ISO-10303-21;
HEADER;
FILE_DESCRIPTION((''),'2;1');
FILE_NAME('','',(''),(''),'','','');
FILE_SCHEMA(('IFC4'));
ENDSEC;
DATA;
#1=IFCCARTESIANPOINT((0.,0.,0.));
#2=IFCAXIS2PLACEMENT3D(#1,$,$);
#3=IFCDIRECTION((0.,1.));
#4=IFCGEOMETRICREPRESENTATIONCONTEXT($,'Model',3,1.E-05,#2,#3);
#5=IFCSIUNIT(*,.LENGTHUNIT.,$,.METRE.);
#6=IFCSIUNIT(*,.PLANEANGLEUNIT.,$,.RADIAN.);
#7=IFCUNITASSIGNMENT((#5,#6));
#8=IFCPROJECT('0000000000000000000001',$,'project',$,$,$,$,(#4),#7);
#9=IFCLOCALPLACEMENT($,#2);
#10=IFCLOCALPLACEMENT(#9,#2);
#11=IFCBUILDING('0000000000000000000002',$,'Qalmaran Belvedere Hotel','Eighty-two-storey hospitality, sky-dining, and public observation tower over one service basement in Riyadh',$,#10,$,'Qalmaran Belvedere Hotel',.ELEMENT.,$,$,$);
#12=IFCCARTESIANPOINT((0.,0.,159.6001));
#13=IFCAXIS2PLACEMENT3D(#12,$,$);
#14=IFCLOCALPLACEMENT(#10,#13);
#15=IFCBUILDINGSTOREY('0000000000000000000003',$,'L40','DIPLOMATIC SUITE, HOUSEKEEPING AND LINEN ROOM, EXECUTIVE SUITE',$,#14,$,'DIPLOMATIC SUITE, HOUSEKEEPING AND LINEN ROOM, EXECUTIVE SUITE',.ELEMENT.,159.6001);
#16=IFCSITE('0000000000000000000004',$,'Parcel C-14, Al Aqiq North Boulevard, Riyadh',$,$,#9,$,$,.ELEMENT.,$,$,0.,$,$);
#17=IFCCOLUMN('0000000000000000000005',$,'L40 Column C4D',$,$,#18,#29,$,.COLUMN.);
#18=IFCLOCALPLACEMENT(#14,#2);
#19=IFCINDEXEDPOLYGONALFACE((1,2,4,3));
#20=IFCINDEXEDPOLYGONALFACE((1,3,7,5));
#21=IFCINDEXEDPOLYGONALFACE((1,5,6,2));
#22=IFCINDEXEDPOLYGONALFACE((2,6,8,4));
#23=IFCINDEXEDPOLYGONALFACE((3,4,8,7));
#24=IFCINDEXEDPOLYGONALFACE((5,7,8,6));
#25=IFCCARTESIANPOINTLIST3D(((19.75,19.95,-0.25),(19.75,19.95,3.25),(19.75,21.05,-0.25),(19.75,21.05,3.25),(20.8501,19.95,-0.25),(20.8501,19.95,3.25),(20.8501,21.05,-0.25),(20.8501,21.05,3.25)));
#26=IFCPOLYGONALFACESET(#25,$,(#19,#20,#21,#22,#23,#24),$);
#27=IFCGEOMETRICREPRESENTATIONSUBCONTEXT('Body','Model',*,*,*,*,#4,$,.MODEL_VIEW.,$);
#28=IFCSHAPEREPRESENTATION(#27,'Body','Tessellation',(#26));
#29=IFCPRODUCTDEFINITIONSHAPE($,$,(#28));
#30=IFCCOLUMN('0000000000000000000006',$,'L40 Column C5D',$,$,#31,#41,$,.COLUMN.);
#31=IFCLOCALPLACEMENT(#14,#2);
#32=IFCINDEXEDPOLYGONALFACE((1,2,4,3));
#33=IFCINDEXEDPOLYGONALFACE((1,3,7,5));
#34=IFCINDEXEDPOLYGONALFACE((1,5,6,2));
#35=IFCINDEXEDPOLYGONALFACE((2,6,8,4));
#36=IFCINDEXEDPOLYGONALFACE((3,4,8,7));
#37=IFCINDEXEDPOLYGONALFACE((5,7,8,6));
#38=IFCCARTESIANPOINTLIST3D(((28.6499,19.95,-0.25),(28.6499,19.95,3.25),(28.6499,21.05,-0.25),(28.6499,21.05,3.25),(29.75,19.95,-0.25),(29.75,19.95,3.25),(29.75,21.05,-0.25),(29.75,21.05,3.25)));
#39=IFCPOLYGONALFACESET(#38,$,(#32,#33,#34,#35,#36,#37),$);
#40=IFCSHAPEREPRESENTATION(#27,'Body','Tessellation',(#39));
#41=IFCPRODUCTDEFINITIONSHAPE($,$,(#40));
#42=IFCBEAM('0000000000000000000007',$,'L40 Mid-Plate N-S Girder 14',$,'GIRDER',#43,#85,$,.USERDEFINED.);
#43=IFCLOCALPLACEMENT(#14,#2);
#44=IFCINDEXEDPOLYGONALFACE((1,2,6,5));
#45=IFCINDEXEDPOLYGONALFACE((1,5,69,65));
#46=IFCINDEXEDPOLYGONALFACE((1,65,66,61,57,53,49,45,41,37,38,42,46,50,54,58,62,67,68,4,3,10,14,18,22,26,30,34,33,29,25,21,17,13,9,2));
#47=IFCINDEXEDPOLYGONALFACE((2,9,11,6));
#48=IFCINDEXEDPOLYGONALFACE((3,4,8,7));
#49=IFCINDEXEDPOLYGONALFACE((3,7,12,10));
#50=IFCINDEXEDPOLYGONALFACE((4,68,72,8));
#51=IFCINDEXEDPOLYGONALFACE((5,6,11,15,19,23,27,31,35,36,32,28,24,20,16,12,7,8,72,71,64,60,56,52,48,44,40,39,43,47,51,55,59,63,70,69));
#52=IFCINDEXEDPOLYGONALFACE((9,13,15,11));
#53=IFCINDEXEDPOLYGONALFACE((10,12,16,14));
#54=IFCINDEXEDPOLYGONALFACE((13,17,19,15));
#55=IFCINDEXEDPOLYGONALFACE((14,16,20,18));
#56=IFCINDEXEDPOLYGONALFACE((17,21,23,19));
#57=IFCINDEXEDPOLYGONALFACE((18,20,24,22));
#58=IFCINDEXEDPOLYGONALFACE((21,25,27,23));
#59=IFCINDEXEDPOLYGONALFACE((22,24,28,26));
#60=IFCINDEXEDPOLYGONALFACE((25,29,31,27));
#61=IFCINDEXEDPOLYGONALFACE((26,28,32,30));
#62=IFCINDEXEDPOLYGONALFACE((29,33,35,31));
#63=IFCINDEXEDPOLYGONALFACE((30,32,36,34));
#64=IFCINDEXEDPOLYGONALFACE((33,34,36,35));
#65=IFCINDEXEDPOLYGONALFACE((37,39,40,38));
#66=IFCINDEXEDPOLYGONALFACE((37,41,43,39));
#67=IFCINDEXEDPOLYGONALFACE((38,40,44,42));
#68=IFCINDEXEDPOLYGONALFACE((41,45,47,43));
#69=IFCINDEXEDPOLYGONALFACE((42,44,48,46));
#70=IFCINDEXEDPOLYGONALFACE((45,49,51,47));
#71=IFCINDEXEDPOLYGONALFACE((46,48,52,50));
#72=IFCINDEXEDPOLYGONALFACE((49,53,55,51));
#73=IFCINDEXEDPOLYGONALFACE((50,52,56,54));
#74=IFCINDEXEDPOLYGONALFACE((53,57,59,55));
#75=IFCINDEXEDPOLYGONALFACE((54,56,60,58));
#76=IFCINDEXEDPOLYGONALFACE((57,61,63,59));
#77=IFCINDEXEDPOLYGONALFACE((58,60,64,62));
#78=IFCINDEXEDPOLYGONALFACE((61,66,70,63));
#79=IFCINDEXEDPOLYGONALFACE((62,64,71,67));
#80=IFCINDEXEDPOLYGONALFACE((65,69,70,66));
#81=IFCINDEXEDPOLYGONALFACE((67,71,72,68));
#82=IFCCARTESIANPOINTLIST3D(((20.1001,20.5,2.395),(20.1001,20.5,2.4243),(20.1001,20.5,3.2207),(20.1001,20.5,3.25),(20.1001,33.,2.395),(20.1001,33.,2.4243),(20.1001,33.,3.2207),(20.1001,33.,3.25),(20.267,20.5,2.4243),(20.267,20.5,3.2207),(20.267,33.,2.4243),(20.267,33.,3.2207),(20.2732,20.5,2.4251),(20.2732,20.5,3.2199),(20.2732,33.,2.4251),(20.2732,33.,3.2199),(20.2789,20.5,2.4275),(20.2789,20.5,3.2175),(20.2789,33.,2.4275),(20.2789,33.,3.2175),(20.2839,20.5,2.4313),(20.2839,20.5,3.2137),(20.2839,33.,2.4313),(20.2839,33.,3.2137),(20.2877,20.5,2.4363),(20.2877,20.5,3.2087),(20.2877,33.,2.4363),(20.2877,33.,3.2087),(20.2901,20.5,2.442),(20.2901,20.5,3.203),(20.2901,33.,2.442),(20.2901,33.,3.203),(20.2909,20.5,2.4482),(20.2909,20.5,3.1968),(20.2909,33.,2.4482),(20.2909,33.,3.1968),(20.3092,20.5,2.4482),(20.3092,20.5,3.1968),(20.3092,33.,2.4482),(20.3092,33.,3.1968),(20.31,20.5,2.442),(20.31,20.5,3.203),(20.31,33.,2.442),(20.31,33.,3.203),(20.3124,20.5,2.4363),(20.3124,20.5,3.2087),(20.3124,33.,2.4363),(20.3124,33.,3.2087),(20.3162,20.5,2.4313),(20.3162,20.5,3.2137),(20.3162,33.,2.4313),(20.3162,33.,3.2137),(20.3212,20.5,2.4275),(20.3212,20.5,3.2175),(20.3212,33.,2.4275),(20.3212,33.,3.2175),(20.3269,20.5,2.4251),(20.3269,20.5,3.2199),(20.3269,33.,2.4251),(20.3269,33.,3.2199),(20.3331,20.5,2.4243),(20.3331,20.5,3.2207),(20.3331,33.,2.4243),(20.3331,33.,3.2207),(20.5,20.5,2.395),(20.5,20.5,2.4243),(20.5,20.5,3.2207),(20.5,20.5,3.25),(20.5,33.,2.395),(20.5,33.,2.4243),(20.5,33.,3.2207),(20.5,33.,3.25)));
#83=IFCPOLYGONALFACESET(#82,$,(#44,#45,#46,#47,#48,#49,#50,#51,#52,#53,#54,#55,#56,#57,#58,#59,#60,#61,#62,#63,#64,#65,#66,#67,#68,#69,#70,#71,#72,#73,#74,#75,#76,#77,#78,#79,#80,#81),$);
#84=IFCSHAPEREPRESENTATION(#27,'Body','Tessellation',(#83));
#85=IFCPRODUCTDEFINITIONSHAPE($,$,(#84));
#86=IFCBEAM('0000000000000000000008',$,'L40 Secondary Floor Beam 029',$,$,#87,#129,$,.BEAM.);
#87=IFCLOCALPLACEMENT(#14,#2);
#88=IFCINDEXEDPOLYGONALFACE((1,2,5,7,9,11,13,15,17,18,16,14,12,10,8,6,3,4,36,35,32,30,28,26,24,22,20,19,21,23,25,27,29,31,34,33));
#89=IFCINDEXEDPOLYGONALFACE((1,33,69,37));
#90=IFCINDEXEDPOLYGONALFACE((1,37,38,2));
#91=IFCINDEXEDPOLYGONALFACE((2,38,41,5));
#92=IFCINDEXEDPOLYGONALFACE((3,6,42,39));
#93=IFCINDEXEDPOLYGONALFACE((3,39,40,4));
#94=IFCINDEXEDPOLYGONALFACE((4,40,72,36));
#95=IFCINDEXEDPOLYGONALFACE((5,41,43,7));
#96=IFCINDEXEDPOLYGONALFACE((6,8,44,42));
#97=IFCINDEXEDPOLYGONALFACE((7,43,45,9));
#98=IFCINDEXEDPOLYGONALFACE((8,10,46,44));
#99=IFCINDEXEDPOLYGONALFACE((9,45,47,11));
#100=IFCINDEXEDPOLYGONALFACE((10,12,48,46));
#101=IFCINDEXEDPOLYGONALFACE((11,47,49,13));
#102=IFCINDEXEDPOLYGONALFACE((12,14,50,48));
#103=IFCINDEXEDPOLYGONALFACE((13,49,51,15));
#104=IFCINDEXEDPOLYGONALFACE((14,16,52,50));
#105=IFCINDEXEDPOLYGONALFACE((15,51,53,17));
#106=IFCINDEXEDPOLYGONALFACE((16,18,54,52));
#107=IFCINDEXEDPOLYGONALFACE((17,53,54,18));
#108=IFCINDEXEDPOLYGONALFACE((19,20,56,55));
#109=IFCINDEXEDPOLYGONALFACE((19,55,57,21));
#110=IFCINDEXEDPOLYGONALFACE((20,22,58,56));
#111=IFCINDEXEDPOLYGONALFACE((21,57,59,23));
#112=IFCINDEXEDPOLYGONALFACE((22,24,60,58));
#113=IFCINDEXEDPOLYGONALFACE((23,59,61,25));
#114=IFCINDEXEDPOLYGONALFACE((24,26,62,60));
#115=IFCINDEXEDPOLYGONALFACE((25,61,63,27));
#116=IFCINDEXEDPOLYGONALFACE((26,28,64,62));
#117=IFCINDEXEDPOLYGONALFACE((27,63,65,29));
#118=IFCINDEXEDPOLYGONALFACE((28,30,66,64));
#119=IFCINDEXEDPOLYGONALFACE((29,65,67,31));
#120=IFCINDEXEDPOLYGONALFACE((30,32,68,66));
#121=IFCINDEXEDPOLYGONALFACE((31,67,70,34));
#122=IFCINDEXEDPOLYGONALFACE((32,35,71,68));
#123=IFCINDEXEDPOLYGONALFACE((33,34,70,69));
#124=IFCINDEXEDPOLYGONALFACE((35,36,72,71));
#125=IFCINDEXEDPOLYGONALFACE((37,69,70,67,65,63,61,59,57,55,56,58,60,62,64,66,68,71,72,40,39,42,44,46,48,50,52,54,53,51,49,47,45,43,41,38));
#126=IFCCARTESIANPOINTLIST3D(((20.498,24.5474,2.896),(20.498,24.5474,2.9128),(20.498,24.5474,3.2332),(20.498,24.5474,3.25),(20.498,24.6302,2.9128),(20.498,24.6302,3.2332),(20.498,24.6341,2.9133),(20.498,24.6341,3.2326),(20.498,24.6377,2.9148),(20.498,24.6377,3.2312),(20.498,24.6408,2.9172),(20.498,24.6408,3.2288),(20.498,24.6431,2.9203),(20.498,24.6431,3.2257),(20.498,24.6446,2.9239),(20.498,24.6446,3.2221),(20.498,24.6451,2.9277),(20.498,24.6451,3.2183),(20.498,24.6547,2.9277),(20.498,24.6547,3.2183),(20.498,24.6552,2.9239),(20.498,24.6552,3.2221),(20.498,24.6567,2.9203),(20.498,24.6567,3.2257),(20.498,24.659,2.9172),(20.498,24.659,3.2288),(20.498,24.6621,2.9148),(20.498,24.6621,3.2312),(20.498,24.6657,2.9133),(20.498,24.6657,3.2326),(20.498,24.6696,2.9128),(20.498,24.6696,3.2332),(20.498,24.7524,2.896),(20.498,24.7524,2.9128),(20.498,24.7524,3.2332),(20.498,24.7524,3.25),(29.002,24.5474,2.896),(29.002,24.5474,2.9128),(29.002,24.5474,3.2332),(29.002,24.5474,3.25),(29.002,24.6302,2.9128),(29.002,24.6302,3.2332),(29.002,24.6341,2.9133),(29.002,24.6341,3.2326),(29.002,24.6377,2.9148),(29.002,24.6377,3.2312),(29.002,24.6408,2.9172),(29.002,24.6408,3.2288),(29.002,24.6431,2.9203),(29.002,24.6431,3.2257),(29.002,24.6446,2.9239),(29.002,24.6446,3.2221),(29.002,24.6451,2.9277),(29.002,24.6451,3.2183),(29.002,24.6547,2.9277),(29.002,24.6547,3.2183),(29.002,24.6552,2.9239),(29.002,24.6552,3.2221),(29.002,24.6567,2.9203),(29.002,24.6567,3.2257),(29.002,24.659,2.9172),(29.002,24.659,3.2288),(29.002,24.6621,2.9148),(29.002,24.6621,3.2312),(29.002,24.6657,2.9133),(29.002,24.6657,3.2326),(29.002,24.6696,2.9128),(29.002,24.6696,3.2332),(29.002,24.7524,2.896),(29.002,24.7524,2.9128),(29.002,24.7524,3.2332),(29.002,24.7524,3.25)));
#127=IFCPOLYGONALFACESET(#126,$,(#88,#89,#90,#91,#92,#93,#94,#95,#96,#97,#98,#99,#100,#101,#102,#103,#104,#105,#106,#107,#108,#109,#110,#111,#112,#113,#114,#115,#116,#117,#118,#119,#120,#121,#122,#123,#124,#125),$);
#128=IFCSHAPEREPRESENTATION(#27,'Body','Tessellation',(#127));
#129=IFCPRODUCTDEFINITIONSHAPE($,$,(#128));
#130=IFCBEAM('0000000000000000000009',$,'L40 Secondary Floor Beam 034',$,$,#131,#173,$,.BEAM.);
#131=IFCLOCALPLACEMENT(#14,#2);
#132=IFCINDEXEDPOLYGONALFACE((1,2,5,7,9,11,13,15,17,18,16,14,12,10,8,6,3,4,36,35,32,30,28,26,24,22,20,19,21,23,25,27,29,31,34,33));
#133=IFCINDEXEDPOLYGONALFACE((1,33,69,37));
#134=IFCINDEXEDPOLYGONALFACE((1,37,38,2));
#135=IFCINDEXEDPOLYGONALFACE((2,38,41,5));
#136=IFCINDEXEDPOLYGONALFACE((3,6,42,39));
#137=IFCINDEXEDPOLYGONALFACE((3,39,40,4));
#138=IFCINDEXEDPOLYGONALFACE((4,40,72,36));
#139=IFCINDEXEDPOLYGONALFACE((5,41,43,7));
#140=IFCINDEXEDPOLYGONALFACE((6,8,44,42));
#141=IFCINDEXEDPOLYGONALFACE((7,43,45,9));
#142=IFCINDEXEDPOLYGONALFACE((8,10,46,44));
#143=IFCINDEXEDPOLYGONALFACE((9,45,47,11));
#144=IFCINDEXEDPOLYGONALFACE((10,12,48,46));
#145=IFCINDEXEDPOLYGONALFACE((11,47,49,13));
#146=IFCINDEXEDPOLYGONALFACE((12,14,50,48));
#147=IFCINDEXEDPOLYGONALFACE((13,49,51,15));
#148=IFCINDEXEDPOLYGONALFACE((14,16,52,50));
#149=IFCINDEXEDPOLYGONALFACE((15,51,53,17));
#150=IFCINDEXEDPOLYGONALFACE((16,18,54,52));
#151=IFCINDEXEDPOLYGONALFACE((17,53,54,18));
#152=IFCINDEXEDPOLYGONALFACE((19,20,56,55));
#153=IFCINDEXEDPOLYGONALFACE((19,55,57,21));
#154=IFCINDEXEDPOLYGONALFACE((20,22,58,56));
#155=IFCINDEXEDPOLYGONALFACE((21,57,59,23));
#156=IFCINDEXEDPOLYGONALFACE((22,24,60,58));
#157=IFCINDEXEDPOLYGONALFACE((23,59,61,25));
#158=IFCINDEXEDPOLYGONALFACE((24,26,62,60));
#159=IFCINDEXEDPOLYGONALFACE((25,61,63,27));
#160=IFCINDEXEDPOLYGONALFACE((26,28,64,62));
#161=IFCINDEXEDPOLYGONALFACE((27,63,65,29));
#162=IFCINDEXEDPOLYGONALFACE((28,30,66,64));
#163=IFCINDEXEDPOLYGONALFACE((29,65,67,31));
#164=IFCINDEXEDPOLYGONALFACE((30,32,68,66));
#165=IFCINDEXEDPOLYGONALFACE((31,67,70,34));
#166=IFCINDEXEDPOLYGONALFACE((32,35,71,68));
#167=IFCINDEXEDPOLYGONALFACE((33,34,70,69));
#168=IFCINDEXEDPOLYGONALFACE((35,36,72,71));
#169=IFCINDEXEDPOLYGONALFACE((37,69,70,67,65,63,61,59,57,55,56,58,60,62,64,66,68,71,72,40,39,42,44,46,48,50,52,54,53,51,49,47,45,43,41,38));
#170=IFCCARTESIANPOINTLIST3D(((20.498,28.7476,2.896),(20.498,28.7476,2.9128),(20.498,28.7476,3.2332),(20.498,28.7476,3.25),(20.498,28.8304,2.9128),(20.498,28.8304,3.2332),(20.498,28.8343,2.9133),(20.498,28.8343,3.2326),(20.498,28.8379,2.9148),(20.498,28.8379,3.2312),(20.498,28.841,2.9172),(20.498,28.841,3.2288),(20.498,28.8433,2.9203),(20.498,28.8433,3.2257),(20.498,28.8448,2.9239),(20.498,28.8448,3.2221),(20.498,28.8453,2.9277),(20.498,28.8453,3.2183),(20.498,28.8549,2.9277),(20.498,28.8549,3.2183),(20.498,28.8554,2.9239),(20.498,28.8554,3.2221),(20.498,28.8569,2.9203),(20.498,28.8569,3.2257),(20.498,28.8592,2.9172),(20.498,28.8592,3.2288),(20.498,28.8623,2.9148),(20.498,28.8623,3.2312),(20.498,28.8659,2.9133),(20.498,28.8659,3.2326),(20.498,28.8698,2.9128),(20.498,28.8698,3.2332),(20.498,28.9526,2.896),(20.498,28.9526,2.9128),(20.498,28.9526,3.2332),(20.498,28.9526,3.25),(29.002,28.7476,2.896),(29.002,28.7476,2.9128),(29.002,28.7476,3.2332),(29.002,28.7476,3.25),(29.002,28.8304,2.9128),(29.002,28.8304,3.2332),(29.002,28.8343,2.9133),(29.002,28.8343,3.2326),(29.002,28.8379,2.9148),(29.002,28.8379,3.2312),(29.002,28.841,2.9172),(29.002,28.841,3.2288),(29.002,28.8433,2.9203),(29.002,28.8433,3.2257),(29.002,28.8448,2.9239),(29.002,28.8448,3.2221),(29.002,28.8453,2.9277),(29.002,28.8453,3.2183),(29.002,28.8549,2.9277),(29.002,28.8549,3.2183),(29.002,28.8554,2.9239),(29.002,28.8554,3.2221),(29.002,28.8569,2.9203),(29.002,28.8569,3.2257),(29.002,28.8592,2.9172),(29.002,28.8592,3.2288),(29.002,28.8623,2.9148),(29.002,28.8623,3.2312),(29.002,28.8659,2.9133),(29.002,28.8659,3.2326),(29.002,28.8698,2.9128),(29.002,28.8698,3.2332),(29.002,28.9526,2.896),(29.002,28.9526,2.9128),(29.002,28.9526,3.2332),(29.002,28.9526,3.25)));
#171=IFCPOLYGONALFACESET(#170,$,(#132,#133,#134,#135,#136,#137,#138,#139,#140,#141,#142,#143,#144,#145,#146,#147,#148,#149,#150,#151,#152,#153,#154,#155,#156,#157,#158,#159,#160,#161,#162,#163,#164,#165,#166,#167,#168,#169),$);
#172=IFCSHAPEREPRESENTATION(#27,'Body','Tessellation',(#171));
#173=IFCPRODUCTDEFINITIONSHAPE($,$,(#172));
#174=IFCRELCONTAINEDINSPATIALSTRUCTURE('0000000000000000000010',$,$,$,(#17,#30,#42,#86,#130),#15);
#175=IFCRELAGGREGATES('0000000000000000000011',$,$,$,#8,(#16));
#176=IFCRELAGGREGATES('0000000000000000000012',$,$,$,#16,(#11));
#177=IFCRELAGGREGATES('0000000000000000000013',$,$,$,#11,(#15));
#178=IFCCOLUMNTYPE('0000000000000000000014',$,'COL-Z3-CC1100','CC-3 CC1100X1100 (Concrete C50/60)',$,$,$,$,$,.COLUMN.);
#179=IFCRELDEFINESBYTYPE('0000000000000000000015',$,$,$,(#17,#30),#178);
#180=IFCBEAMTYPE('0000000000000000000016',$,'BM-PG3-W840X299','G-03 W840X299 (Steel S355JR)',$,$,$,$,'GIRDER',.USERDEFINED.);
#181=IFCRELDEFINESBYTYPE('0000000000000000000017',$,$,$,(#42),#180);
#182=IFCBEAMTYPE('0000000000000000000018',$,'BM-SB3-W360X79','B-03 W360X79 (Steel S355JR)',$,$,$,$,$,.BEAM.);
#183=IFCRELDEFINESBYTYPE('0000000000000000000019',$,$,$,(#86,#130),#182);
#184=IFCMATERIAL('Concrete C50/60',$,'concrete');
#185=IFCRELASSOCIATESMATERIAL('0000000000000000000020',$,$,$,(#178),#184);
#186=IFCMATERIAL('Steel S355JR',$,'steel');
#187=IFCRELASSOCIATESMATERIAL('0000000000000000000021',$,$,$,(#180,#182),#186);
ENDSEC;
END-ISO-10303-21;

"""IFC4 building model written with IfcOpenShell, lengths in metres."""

from ifc_helpers import new_model, si_unit, direction, frame, origin, origin_2d, place, context, subcontext, project, spatial, rectangle, i_section, extrude, material, material_profile, profile_set, type_object, element, save


model = new_model("IFC4")

# Units and contexts
model_context = context("Model", 3, precision=1e-05, world=origin(), true_north=direction((0.0, 1.0)))
body_context = subcontext(model_context, "Body", "Model", "MODEL_VIEW")
ifc_project = project(units=[si_unit("LENGTHUNIT", "METRE"), si_unit("PLANEANGLEUNIT", "RADIAN")], contexts=[model_context])

# Site, building, storey
site_placement = place(None, origin())
site = spatial("IfcSite", under=ifc_project, at=site_placement, Name="Parcel C-14, Al Aqiq North Boulevard, Riyadh", CompositionType="ELEMENT", RefElevation=0.0)
building_placement = place(site_placement, origin())
building = spatial("IfcBuilding", under=site, at=building_placement, Name="Qalmaran Belvedere Hotel", Description="Eighty-two-storey hospitality, sky-dining, and public observation tower over one service basement in Riyadh", LongName="Qalmaran Belvedere Hotel", CompositionType="ELEMENT")
storey_placement = place(building_placement, frame((0.0, 0.0, 159.6001)))
storey = spatial("IfcBuildingStorey", under=building, at=storey_placement, Name="L40", Description="DIPLOMATIC SUITE, HOUSEKEEPING AND LINEN ROOM, EXECUTIVE SUITE", LongName="DIPLOMATIC SUITE, HOUSEKEEPING AND LINEN ROOM, EXECUTIVE SUITE", CompositionType="ELEMENT", Elevation=159.6001)

# Columns
ifc_material_1 = material(Name="Concrete C50/60", Category="concrete")
ifc_material_profile_1 = material_profile(ifc_material_1, rectangle(XDim=1.1001, YDim=1.1001, at=origin_2d()), Name="CC1100X1100")
ifc_profile_set_1 = profile_set([ifc_material_profile_1], Name="Concrete C50/60")
column_type = type_object("IfcColumnType", Name="COL-Z3-CC1100", Description="CC-3 CC1100X1100 (Concrete C50/60)", PredefinedType="COLUMN", material=ifc_profile_set_1)
for number, where, z_axis, x_axis, name in (
    (1, (20.3, 20.5, -0.25), (0.0, 0.0, 1.0), (1.0, 0.0, 0.0), "L40 Column C4D"),
    (2, (29.2, 20.5, -0.25), (0.0, 0.0, 1.0), (1.0, 0.0, 0.0), "L40 Column C5D"),
):
    element("IfcColumn", number, at=place(storey_placement, frame(where, z_axis=z_axis, x_axis=x_axis)), inside=storey, type_object=column_type, Name=name, PredefinedType="COLUMN", context=body_context, shape_type="SweptSolid", body=[
        extrude(rectangle(XDim=1.1001, YDim=1.1001, at=origin_2d()), origin(), (0.0, 0.0, 1.0), 3.5),
    ])

# Beams
ifc_material_2 = material(Name="Steel S355JR", Category="steel")
ifc_material_profile_2 = material_profile(ifc_material_2, i_section(OverallWidth=0.3999, OverallDepth=0.855, WebThickness=0.0183, FlangeThickness=0.0293, FilletRadius=0.0239, at=origin_2d()), Name="W840X299")
ifc_profile_set_2 = profile_set([ifc_material_profile_2], Name="Steel S355JR")
beam_type_1 = type_object("IfcBeamType", Name="BM-PG3-W840X299", Description="G-03 W840X299 (Steel S355JR)", ElementType="GIRDER", PredefinedType="USERDEFINED", material=ifc_profile_set_2)
beam_1_placement = place(storey_placement, frame((20.3, 20.5, 2.8225), z_axis=(0.0, 1.0, 0.0), x_axis=(-1.0, 0.0, 0.0)))
element("IfcBeam", 3, at=beam_1_placement, inside=storey, type_object=beam_type_1, Name="L40 Mid-Plate N-S Girder 14", ObjectType="GIRDER", PredefinedType="USERDEFINED", context=body_context, shape_type="SweptSolid", body=[
    extrude(i_section(OverallWidth=0.3999, OverallDepth=0.855, WebThickness=0.0183, FlangeThickness=0.0293, FilletRadius=0.0239, at=origin_2d()), origin(), (0.0, 0.0, 1.0), 12.5),
])
ifc_material_profile_3 = material_profile(ifc_material_2, i_section(OverallWidth=0.2051, OverallDepth=0.354, WebThickness=0.0095, FlangeThickness=0.0168, FilletRadius=0.0149, at=origin_2d()), Name="W360X79")
ifc_profile_set_3 = profile_set([ifc_material_profile_3], Name="Steel S355JR")
beam_type_2 = type_object("IfcBeamType", Name="BM-SB3-W360X79", Description="B-03 W360X79 (Steel S355JR)", PredefinedType="BEAM", material=ifc_profile_set_3)
for number, where, z_axis, x_axis, name in (
    (4, (20.498, 24.6499, 3.073), (1.0, 0.0, 0.0), (0.0, 1.0, 0.0), "L40 Secondary Floor Beam 029"),
    (5, (20.498, 28.8501, 3.073), (1.0, 0.0, 0.0), (0.0, 1.0, 0.0), "L40 Secondary Floor Beam 034"),
):
    element("IfcBeam", number, at=place(storey_placement, frame(where, z_axis=z_axis, x_axis=x_axis)), inside=storey, type_object=beam_type_2, Name=name, PredefinedType="BEAM", context=body_context, shape_type="SweptSolid", body=[
        extrude(i_section(OverallWidth=0.2051, OverallDepth=0.354, WebThickness=0.0095, FlangeThickness=0.0168, FilletRadius=0.0149, at=origin_2d()), origin(), (0.0, 0.0, 1.0), 8.5039),
    ])

save(model, "model.ifc")
